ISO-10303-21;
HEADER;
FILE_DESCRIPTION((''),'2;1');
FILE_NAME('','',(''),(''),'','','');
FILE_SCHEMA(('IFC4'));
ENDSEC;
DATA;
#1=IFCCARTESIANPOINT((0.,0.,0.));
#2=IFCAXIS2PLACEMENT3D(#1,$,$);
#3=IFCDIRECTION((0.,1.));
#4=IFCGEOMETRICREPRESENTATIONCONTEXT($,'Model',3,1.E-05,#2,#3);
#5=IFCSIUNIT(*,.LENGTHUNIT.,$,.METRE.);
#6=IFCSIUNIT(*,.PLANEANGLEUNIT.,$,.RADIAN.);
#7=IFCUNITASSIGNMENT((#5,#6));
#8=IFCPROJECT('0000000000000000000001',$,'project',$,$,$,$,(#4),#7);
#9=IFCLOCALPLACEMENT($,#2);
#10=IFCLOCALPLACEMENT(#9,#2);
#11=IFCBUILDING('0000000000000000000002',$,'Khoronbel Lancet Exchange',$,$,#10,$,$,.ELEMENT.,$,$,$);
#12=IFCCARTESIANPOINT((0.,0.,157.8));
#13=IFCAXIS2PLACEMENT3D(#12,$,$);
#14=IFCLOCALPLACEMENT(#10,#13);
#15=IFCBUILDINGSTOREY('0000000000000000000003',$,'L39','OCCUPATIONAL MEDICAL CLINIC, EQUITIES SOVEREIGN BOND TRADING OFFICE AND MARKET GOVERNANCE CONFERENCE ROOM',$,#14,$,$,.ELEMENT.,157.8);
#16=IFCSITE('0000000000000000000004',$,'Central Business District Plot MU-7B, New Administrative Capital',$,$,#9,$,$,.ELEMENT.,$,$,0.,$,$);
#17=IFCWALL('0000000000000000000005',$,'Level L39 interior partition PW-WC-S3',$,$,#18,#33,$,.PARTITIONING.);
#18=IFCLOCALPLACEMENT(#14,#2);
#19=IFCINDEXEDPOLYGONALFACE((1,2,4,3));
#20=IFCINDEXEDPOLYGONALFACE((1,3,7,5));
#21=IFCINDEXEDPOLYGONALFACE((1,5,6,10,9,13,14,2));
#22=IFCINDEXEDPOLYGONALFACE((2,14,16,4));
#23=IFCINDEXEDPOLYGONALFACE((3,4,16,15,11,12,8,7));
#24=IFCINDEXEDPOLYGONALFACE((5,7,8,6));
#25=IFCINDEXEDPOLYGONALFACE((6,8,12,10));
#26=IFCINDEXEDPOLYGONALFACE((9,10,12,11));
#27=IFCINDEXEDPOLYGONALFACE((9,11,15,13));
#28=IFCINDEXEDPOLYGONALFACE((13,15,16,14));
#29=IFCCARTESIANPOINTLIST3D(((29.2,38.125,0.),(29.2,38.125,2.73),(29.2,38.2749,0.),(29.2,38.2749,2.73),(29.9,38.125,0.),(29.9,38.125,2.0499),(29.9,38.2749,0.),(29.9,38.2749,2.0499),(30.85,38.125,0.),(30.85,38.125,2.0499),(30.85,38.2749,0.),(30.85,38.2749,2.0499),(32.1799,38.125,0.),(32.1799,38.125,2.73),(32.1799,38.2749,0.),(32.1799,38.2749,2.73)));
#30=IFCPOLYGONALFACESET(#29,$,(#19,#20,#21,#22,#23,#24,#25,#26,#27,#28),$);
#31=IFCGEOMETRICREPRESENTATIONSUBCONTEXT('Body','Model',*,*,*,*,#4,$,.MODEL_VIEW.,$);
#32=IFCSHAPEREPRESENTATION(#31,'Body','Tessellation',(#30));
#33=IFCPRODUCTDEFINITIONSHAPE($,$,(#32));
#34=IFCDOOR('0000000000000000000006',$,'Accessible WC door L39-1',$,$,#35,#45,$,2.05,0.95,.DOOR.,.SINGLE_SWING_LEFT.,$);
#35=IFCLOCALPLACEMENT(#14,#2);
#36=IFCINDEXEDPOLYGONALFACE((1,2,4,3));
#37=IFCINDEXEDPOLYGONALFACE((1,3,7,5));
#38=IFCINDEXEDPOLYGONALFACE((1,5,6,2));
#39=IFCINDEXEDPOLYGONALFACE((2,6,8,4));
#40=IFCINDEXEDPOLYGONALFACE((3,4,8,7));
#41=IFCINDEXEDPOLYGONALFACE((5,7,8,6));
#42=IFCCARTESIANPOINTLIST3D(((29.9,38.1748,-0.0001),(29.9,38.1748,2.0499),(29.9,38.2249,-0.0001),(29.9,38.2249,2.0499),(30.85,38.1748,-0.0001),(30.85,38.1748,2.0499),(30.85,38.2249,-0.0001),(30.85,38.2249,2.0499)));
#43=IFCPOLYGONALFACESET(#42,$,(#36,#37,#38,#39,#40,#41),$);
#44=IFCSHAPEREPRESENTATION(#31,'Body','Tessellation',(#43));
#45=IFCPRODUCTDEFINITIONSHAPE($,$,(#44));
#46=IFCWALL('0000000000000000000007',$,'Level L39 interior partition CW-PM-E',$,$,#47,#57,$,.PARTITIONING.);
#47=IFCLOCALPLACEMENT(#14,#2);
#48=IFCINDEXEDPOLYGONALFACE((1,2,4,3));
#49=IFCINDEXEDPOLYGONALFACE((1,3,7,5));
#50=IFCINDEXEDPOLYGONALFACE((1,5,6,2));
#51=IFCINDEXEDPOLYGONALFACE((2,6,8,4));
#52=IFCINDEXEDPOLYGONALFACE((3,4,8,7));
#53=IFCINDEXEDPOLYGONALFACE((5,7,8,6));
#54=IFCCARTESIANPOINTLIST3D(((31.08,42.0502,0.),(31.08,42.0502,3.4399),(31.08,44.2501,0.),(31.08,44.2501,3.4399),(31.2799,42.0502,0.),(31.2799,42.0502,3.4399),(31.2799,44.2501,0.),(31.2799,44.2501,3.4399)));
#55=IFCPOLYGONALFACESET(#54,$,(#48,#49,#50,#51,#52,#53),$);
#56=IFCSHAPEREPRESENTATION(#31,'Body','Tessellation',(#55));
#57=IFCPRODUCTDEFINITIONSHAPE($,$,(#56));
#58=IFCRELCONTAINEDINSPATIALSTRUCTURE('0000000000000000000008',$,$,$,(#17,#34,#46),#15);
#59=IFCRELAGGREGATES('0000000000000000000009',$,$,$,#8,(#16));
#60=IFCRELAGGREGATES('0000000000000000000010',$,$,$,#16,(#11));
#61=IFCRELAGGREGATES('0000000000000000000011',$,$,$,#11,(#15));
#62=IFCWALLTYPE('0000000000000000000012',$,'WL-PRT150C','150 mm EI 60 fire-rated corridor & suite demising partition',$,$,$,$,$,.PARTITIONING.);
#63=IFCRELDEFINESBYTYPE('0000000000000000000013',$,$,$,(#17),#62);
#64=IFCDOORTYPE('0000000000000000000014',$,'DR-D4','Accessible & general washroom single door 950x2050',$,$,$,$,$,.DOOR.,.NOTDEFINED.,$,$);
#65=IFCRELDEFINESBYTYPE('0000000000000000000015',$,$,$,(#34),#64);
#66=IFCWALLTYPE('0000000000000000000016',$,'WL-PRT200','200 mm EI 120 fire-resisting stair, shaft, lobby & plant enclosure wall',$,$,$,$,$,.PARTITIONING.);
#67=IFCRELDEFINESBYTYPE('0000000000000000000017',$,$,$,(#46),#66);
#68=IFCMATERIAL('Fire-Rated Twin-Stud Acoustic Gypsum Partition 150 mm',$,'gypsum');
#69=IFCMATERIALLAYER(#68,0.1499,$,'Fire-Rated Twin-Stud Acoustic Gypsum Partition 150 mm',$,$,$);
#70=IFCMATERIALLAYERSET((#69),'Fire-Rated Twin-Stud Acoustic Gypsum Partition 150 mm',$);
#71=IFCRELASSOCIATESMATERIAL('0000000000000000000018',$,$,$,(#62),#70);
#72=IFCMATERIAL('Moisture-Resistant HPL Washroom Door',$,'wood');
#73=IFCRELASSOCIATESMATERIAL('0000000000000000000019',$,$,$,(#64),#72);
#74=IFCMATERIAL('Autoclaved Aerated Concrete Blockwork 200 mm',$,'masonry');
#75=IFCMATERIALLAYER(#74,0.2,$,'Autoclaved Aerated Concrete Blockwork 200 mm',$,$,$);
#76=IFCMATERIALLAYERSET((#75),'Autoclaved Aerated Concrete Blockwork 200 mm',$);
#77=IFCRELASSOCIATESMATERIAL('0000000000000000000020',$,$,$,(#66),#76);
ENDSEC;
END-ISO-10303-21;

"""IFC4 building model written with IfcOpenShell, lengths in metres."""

from ifc_helpers import new_model, si_unit, direction, frame, frame_2d, origin, place, context, subcontext, project, spatial, rectangle, extrude, material, layer, layer_set, type_object, element, fill, save


model = new_model("IFC4")

# Units and contexts
model_context = context("Model", 3, precision=1e-05, world=origin(), true_north=direction((0.0, 1.0)))
body_context = subcontext(model_context, "Body", "Model", "MODEL_VIEW")
ifc_project = project(units=[si_unit("LENGTHUNIT", "METRE"), si_unit("PLANEANGLEUNIT", "RADIAN")], contexts=[model_context])

# Site, building, storey
site_placement = place(None, origin())
site = spatial("IfcSite", under=ifc_project, at=site_placement, Name="Central Business District Plot MU-7B, New Administrative Capital", CompositionType="ELEMENT", RefElevation=0.0)
building_placement = place(site_placement, origin())
building = spatial("IfcBuilding", under=site, at=building_placement, Name="Khoronbel Lancet Exchange", CompositionType="ELEMENT")
storey_placement = place(building_placement, frame((0.0, 0.0, 157.8)))
storey = spatial("IfcBuildingStorey", under=building, at=storey_placement, Name="L39", Description="OCCUPATIONAL MEDICAL CLINIC, EQUITIES SOVEREIGN BOND TRADING OFFICE AND MARKET GOVERNANCE CONFERENCE ROOM", CompositionType="ELEMENT", Elevation=157.8)

# Wall, opening, door
ifc_material_1 = material(Name="Fire-Rated Twin-Stud Acoustic Gypsum Partition 150 mm", Category="gypsum")
ifc_layer_1 = layer(ifc_material_1, 0.1499, Name="Fire-Rated Twin-Stud Acoustic Gypsum Partition 150 mm")
ifc_layer_set_1 = layer_set([ifc_layer_1], Name="Fire-Rated Twin-Stud Acoustic Gypsum Partition 150 mm")
wall_type_1 = type_object("IfcWallType", Name="WL-PRT150C", Description="150 mm EI 60 fire-rated corridor & suite demising partition", PredefinedType="PARTITIONING", material=ifc_layer_set_1)
wall_1_placement = place(storey_placement, frame((29.2, 38.2, 0.0), z_axis=(0.0, 0.0, 1.0), x_axis=(1.0, 0.0, 0.0)))
wall_1 = element("IfcWall", 1, at=wall_1_placement, inside=storey, type_object=wall_type_1, Name="Level L39 interior partition PW-WC-S3", PredefinedType="PARTITIONING", context=body_context, shape_type="SweptSolid", body=[
    extrude(rectangle(XDim=2.98, YDim=0.1499, at=frame_2d((1.49, 0.0))), origin(), (0.0, 0.0, 1.0), 2.73),
])
opening_placement = place(wall_1_placement, frame((0.7, 0.0, 0.0)))
opening = element("IfcOpeningElement", 2, at=opening_placement, cuts=wall_1, PredefinedType="OPENING", context=body_context, shape_type="SweptSolid", body=[
    extrude(rectangle(XDim=0.95, YDim=2.05, at=frame_2d((0.4751, 1.0249))), frame((0.0, 0.085, 0.0), z_axis=(0.0, -1.0, 0.0), x_axis=(1.0, 0.0, 0.0)), (0.0, 0.0, 1.0), 0.1699),
])
ifc_material_2 = material(Name="Moisture-Resistant HPL Washroom Door", Category="wood")
door_type = type_object("IfcDoorType", Name="DR-D4", Description="Accessible & general washroom single door 950x2050", OperationType="NOTDEFINED", PredefinedType="DOOR", material=ifc_material_2)
door_placement = place(opening_placement, origin())
door = element("IfcDoor", 3, at=door_placement, inside=storey, type_object=door_type, Name="Accessible WC door L39-1", OperationType="SINGLE_SWING_LEFT", OverallHeight=2.05, OverallWidth=0.95, PredefinedType="DOOR", context=body_context, shape_type="SweptSolid", body=[
    extrude(rectangle(XDim=0.95, YDim=2.05, at=frame_2d((0.4751, 1.0249))), frame((0.0, 0.0249, 0.0), z_axis=(0.0, -1.0, 0.0), x_axis=(1.0, 0.0, 0.0)), (0.0, 0.0, 1.0), 0.05),
])
fill(opening, door)

# Wall
ifc_material_3 = material(Name="Autoclaved Aerated Concrete Blockwork 200 mm", Category="masonry")
ifc_layer_2 = layer(ifc_material_3, 0.2, Name="Autoclaved Aerated Concrete Blockwork 200 mm")
ifc_layer_set_2 = layer_set([ifc_layer_2], Name="Autoclaved Aerated Concrete Blockwork 200 mm")
wall_type_2 = type_object("IfcWallType", Name="WL-PRT200", Description="200 mm EI 120 fire-resisting stair, shaft, lobby & plant enclosure wall", PredefinedType="PARTITIONING", material=ifc_layer_set_2)
wall_2_placement = place(storey_placement, frame((31.1799, 42.05, 0.0), z_axis=(0.0, 0.0, 1.0), x_axis=(0.0, 1.0, 0.0)))
element("IfcWall", 4, at=wall_2_placement, inside=storey, type_object=wall_type_2, Name="Level L39 interior partition CW-PM-E", PredefinedType="PARTITIONING", context=body_context, shape_type="SweptSolid", body=[
    extrude(rectangle(XDim=2.2, YDim=0.2, at=frame_2d((1.1001, 0.0))), origin(), (0.0, 0.0, 1.0), 3.4399),
])

save(model, "model.ifc")
